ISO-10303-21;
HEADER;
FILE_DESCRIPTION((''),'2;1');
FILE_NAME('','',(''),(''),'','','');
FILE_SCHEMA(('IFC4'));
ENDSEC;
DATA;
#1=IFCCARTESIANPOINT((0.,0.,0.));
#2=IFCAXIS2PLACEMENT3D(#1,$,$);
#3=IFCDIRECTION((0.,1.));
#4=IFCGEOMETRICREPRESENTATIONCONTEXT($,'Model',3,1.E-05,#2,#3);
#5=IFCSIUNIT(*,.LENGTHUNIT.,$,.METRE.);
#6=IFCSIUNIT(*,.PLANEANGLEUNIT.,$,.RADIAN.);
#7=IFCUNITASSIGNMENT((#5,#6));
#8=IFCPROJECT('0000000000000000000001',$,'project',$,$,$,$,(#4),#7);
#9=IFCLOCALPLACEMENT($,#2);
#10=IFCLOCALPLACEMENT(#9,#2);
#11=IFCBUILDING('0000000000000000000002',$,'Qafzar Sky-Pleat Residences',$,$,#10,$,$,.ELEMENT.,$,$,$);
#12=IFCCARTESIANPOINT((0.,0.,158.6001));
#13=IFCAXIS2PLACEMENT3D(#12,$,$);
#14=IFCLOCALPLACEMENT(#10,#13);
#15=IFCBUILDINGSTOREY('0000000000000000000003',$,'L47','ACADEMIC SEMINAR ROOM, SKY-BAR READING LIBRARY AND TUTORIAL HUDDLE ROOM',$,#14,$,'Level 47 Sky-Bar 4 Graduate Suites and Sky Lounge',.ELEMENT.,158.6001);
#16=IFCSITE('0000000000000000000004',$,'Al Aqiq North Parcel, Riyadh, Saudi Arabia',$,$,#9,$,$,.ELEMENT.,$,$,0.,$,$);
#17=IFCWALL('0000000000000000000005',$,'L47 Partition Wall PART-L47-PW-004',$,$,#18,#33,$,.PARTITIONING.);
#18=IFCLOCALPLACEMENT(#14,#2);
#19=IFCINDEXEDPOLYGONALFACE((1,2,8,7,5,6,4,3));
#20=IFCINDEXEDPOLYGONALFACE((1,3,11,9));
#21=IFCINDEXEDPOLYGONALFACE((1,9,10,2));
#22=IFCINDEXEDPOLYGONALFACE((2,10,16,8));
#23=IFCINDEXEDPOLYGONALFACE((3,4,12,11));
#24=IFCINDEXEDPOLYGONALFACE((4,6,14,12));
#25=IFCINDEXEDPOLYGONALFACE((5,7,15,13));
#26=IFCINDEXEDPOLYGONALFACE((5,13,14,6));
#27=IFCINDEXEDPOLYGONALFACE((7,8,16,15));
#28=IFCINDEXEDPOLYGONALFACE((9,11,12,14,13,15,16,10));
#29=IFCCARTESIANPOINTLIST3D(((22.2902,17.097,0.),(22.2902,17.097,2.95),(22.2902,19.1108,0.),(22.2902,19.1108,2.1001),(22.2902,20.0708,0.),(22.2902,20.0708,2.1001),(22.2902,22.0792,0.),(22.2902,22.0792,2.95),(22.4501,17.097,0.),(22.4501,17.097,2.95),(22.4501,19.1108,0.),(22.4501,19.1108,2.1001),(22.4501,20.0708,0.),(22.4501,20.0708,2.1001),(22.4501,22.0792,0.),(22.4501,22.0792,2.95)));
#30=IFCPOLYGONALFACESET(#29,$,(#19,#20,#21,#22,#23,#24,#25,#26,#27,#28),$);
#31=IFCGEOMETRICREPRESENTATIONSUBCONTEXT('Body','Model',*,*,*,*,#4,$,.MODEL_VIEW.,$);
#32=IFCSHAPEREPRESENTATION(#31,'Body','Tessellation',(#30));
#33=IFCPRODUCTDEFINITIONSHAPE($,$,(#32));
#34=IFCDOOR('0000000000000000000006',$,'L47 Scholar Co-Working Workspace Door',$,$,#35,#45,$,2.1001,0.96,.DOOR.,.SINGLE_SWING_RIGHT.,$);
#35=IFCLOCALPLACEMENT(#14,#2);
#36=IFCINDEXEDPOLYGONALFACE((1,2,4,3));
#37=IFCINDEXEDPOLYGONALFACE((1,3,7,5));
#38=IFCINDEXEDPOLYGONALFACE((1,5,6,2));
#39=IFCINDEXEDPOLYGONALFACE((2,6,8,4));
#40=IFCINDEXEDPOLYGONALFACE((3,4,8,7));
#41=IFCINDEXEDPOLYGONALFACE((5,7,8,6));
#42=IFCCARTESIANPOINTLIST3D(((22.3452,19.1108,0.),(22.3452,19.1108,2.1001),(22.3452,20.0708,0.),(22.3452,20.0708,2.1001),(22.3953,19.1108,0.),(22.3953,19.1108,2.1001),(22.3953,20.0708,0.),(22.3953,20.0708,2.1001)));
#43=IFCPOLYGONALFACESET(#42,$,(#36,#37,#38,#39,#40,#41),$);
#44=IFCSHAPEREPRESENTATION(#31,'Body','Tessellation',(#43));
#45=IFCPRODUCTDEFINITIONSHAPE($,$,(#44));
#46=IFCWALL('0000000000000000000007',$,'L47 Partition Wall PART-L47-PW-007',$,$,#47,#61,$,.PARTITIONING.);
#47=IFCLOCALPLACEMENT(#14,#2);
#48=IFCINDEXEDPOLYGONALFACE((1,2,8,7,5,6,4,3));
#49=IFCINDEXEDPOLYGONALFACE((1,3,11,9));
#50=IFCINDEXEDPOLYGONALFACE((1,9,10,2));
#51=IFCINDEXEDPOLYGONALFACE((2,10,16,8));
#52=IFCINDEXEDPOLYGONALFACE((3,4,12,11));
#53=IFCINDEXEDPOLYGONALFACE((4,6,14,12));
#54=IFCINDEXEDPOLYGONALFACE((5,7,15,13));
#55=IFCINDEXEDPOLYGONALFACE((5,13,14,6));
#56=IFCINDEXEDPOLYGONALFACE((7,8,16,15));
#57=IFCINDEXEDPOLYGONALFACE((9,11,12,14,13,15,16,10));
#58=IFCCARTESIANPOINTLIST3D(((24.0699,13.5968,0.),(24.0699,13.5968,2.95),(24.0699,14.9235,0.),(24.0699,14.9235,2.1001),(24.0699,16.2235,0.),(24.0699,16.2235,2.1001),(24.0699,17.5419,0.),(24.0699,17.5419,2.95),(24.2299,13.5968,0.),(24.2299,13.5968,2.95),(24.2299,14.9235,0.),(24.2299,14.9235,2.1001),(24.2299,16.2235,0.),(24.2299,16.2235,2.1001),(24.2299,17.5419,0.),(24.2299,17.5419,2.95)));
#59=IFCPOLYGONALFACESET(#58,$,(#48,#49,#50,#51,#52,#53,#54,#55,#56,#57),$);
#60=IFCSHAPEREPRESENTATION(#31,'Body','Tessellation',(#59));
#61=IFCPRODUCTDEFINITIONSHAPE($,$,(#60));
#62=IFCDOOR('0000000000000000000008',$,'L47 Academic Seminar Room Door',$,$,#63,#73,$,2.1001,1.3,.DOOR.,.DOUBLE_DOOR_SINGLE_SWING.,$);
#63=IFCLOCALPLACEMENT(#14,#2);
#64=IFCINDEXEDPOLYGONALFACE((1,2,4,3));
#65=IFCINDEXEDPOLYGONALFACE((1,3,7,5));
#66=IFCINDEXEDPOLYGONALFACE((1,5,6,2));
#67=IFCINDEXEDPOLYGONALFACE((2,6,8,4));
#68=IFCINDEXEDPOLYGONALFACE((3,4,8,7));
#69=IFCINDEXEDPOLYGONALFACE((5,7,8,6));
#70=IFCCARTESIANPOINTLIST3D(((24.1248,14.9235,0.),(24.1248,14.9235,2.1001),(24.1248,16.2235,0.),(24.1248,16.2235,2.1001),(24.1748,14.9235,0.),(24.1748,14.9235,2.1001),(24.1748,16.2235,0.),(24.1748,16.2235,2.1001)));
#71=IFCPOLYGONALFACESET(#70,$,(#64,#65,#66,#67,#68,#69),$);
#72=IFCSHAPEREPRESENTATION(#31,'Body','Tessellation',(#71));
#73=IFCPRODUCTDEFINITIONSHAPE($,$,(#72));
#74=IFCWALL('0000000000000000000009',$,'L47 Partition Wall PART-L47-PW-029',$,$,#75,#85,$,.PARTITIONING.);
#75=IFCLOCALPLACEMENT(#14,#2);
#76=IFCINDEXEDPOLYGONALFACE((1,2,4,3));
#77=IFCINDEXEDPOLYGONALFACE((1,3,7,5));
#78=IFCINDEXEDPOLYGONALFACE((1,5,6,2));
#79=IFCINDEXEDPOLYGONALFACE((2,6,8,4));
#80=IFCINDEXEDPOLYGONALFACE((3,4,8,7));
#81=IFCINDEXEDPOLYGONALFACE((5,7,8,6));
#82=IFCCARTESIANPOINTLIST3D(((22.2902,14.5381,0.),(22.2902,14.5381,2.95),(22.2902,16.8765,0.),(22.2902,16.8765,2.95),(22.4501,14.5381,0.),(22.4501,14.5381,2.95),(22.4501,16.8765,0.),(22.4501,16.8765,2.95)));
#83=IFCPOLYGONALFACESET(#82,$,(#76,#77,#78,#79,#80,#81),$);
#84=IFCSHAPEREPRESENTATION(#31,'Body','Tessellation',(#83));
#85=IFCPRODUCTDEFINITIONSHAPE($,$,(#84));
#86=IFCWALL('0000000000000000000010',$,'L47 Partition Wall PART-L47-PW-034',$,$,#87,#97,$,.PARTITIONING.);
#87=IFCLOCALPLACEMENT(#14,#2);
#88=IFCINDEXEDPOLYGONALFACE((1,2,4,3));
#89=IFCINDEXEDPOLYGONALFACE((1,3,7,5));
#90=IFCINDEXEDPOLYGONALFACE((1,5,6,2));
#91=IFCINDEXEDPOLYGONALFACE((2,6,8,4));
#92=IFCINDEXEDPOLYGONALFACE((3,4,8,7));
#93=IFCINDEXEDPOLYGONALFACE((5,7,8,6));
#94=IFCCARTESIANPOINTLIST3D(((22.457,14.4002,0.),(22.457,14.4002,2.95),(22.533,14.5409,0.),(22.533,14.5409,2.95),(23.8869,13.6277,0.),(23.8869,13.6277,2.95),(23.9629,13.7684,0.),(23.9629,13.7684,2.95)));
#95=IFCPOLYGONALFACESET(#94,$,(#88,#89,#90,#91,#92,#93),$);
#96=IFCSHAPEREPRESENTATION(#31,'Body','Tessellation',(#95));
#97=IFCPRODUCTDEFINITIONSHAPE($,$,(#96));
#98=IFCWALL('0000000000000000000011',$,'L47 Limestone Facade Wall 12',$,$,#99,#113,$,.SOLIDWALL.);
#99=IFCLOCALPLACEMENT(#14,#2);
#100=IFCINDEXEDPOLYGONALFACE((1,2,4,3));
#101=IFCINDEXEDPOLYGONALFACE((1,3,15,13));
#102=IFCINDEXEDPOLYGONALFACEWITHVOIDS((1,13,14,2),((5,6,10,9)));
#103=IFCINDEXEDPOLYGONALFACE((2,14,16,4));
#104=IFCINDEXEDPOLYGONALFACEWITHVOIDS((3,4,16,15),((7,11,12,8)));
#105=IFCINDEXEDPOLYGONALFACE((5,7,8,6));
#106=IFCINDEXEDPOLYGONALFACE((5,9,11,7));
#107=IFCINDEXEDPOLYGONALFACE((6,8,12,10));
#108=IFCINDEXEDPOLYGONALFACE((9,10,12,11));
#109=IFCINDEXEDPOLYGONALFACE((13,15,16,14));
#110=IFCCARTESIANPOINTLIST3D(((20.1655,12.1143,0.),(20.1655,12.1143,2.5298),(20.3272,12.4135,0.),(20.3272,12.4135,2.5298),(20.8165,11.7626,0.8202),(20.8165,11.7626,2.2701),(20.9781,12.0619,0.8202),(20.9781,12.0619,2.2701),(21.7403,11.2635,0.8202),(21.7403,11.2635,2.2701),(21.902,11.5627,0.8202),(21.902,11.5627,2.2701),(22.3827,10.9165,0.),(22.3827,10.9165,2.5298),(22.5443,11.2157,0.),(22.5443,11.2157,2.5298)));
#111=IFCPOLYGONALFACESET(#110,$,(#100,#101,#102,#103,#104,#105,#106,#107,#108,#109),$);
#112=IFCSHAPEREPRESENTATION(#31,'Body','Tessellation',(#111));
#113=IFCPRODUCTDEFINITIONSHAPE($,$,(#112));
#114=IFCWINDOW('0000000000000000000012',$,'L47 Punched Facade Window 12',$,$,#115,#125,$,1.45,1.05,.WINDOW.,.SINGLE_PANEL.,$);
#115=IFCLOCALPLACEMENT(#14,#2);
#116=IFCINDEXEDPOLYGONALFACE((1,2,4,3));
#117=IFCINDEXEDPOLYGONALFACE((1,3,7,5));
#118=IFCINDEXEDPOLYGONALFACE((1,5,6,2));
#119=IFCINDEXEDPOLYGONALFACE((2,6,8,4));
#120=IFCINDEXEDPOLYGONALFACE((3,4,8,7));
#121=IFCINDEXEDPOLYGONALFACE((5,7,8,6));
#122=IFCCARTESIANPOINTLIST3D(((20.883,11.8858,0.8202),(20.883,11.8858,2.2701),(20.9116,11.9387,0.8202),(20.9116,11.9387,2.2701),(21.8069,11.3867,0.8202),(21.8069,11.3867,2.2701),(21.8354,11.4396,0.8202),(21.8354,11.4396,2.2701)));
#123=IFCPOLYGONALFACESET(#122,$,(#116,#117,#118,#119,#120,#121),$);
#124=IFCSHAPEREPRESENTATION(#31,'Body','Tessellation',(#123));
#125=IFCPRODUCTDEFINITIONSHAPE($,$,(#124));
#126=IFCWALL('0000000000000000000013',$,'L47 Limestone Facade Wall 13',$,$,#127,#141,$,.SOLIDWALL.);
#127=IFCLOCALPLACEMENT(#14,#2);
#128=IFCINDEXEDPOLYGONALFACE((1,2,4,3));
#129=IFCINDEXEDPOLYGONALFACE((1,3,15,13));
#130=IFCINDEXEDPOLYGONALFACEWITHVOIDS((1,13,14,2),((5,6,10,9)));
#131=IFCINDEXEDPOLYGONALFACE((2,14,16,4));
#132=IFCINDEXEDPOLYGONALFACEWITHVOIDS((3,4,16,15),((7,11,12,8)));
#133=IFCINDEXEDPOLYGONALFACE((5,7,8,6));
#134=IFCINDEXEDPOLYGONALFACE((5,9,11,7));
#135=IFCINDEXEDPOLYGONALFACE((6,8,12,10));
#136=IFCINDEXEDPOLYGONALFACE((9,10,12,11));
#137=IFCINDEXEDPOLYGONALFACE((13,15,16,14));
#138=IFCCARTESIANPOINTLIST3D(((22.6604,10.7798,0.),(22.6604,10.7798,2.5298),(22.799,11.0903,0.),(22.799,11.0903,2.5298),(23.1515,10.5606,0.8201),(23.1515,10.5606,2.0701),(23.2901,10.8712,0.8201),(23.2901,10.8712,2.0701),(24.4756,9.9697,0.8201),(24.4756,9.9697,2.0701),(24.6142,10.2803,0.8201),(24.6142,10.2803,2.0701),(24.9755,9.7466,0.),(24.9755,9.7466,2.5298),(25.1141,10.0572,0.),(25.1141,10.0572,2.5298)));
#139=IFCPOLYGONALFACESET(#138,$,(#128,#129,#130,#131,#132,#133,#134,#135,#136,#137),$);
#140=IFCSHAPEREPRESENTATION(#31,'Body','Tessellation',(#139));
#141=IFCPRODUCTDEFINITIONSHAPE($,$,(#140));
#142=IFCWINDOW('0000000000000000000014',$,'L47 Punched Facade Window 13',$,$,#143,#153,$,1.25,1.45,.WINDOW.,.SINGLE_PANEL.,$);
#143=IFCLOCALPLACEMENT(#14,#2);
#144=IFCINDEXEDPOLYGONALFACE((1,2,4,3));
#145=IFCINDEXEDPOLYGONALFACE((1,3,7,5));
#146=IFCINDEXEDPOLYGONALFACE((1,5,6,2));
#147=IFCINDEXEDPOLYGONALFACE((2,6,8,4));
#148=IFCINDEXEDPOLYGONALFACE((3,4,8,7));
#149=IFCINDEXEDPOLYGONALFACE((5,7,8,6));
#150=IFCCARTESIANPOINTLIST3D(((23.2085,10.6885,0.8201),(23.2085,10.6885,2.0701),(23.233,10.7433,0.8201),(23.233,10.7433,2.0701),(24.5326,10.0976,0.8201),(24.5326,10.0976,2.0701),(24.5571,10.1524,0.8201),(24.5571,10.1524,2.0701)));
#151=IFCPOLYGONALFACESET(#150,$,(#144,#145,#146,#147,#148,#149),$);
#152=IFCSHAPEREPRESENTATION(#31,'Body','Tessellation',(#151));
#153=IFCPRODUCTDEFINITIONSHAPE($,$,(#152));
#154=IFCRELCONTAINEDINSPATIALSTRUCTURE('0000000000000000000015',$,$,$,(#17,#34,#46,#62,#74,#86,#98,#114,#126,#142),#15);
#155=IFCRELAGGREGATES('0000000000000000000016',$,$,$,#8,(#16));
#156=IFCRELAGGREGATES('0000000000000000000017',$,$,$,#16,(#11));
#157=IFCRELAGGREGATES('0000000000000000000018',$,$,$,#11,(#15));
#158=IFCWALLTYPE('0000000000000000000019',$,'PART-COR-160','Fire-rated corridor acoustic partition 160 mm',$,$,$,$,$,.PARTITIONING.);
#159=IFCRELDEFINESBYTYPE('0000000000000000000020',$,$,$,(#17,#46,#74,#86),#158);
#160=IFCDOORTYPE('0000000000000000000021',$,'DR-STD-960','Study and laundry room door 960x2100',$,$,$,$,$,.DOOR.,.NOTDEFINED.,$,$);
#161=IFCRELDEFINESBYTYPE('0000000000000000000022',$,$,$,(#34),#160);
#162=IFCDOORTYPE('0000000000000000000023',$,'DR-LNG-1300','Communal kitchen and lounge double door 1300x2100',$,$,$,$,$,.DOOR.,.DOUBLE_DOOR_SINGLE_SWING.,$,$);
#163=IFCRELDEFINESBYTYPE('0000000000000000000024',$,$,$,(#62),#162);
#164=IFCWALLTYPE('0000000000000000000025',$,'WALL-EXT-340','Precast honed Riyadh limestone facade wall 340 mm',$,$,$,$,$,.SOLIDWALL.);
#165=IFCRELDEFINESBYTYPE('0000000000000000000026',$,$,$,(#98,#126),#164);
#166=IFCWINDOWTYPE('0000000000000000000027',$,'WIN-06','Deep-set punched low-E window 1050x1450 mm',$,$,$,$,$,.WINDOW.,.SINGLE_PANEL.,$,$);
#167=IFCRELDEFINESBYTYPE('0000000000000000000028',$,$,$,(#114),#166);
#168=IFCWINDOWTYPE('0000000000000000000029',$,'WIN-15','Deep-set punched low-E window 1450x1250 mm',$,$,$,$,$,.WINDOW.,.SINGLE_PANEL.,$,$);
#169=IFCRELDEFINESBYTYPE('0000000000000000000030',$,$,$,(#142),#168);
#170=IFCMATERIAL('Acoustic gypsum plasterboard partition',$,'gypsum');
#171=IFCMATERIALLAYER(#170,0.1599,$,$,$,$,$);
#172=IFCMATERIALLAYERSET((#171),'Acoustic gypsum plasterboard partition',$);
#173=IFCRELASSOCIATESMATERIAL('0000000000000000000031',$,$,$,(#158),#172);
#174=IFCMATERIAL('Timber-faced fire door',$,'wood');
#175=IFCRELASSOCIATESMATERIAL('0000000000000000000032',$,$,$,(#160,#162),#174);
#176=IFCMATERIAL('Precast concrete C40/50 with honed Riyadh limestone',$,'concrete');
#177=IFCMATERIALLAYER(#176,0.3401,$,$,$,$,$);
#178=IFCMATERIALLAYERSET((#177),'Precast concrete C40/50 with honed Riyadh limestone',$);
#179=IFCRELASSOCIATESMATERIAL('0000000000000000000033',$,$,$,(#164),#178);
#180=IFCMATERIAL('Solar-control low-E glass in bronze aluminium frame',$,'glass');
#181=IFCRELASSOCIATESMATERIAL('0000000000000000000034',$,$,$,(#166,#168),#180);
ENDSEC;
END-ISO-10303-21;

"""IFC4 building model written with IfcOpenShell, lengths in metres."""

from ifc_helpers import new_model, si_unit, direction, frame, frame_2d, origin, place, context, subcontext, project, spatial, rectangle, extrude, source, transform, mapped, material, layer, layer_set, type_object, element, fill, save


model = new_model("IFC4")

# Units and contexts
model_context = context("Model", 3, precision=1e-05, world=origin(), true_north=direction((0.0, 1.0)))
body_context = subcontext(model_context, "Body", "Model", "MODEL_VIEW")
ifc_project = project(units=[si_unit("LENGTHUNIT", "METRE"), si_unit("PLANEANGLEUNIT", "RADIAN")], contexts=[model_context])

# Site, building, storey
site_placement = place(None, origin())
site = spatial("IfcSite", under=ifc_project, at=site_placement, Name="Al Aqiq North Parcel, Riyadh, Saudi Arabia", CompositionType="ELEMENT", RefElevation=0.0)
building_placement = place(site_placement, origin())
building = spatial("IfcBuilding", under=site, at=building_placement, Name="Qafzar Sky-Pleat Residences", CompositionType="ELEMENT")
storey_placement = place(building_placement, frame((0.0, 0.0, 158.6001)))
storey = spatial("IfcBuildingStorey", under=building, at=storey_placement, Name="L47", Description="ACADEMIC SEMINAR ROOM, SKY-BAR READING LIBRARY AND TUTORIAL HUDDLE ROOM", LongName="Level 47 Sky-Bar 4 Graduate Suites and Sky Lounge", CompositionType="ELEMENT", Elevation=158.6001)

# Walls, openings, doors
ifc_material_1 = material(Name="Acoustic gypsum plasterboard partition", Category="gypsum")
ifc_layer_1 = layer(ifc_material_1, 0.1599)
ifc_layer_set_1 = layer_set([ifc_layer_1], Name="Acoustic gypsum plasterboard partition")
wall_type_1 = type_object("IfcWallType", Name="PART-COR-160", Description="Fire-rated corridor acoustic partition 160 mm", PredefinedType="PARTITIONING", material=ifc_layer_set_1)
wall_1_placement = place(storey_placement, frame((22.3701, 17.0969, 0.0), z_axis=(0.0, 0.0, 1.0), x_axis=(0.0, 1.0, 0.0)))
wall_1 = element("IfcWall", 1, at=wall_1_placement, inside=storey, type_object=wall_type_1, Name="L47 Partition Wall PART-L47-PW-004", PredefinedType="PARTITIONING", context=body_context, shape_type="SweptSolid", body=[
    extrude(rectangle(XDim=4.9822, YDim=0.1599, at=frame_2d((2.4912, 0.0))), origin(), (0.0, 0.0, 1.0), 2.95),
])
opening_1_placement = place(wall_1_placement, frame((2.0139, 0.0, 0.0)))
opening_1 = element("IfcOpeningElement", 2, at=opening_1_placement, cuts=wall_1, PredefinedType="OPENING", context=body_context, shape_type="SweptSolid", body=[
    extrude(rectangle(XDim=0.96, YDim=2.1001, at=frame_2d((0.48, 1.05))), frame((0.0, 0.0898, 0.0), z_axis=(0.0, -1.0, 0.0), x_axis=(1.0, 0.0, 0.0)), (0.0, 0.0, 1.0), 0.1799),
])
ifc_material_2 = material(Name="Timber-faced fire door", Category="wood")
door_type_1 = type_object("IfcDoorType", Name="DR-STD-960", Description="Study and laundry room door 960x2100", OperationType="NOTDEFINED", PredefinedType="DOOR", material=ifc_material_2)
shared_shape_1 = source(origin(), body_context, "Body", "SweptSolid", [
    extrude(rectangle(XDim=0.96, YDim=2.1001, at=frame_2d((0.48, 1.05))), frame((0.0, 0.0249, 0.0), z_axis=(0.0, -1.0, 0.0), x_axis=(1.0, 0.0, 0.0)), (0.0, 0.0, 1.0), 0.05),
])
door_1_placement = place(opening_1_placement, origin())
door_1 = element("IfcDoor", 3, at=door_1_placement, inside=storey, type_object=door_type_1, Name="L47 Scholar Co-Working Workspace Door", OperationType="SINGLE_SWING_RIGHT", OverallHeight=2.1001, OverallWidth=0.96, PredefinedType="DOOR", context=body_context, shape_type="MappedRepresentation", body=[
    mapped(shared_shape_1, transform((0.0, 0.0, 0.0), x_axis=(1.0, 0.0, 0.0), y_axis=(0.0, 1.0, 0.0), z_axis=(0.0, 0.0, 1.0), scale=1.0)),
])
fill(opening_1, door_1)
wall_2_placement = place(storey_placement, frame((24.1499, 17.542, 0.0), z_axis=(0.0, 0.0, 1.0), x_axis=(0.0, -1.0, 0.0)))
wall_2 = element("IfcWall", 4, at=wall_2_placement, inside=storey, type_object=wall_type_1, Name="L47 Partition Wall PART-L47-PW-007", PredefinedType="PARTITIONING", context=body_context, shape_type="SweptSolid", body=[
    extrude(rectangle(XDim=3.9451, YDim=0.1599, at=frame_2d((1.9727, 0.0))), origin(), (0.0, 0.0, 1.0), 2.95),
])
opening_2_placement = place(wall_2_placement, frame((1.3186, 0.0, 0.0)))
opening_2 = element("IfcOpeningElement", 5, at=opening_2_placement, cuts=wall_2, PredefinedType="OPENING", context=body_context, shape_type="SweptSolid", body=[
    extrude(rectangle(XDim=1.3, YDim=2.1001, at=frame_2d((0.6499, 1.05))), frame((0.0, 0.0898, 0.0), z_axis=(0.0, -1.0, 0.0), x_axis=(1.0, 0.0, 0.0)), (0.0, 0.0, 1.0), 0.1799),
])
door_type_2 = type_object("IfcDoorType", Name="DR-LNG-1300", Description="Communal kitchen and lounge double door 1300x2100", OperationType="DOUBLE_DOOR_SINGLE_SWING", PredefinedType="DOOR", material=ifc_material_2)
shared_shape_2 = source(origin(), body_context, "Body", "SweptSolid", [
    extrude(rectangle(XDim=1.3, YDim=2.1001, at=frame_2d((0.6499, 1.05))), frame((0.0, 0.0249, 0.0), z_axis=(0.0, -1.0, 0.0), x_axis=(1.0, 0.0, 0.0)), (0.0, 0.0, 1.0), 0.05),
])
door_2_placement = place(opening_2_placement, origin())
door_2 = element("IfcDoor", 6, at=door_2_placement, inside=storey, type_object=door_type_2, Name="L47 Academic Seminar Room Door", OperationType="DOUBLE_DOOR_SINGLE_SWING", OverallHeight=2.1001, OverallWidth=1.3, PredefinedType="DOOR", context=body_context, shape_type="MappedRepresentation", body=[
    mapped(shared_shape_2, transform((0.0, 0.0, 0.0), x_axis=(1.0, 0.0, 0.0), y_axis=(0.0, 1.0, 0.0), z_axis=(0.0, 0.0, 1.0), scale=1.0)),
])
fill(opening_2, door_2)

# Walls
wall_3_placement = place(storey_placement, frame((22.3701, 14.5381, 0.0), z_axis=(0.0, 0.0, 1.0), x_axis=(0.0, 1.0, 0.0)))
element("IfcWall", 7, at=wall_3_placement, inside=storey, type_object=wall_type_1, Name="L47 Partition Wall PART-L47-PW-029", PredefinedType="PARTITIONING", context=body_context, shape_type="SweptSolid", body=[
    extrude(rectangle(XDim=2.3384, YDim=0.1599, at=frame_2d((1.1692, 0.0))), origin(), (0.0, 0.0, 1.0), 2.95),
])
wall_4_placement = place(storey_placement, frame((22.4951, 14.4705, 0.0), z_axis=(0.0, 0.0, 1.0), x_axis=(0.879829, -0.475291, 0.0)))
element("IfcWall", 8, at=wall_4_placement, inside=storey, type_object=wall_type_1, Name="L47 Partition Wall PART-L47-PW-034", PredefinedType="PARTITIONING", context=body_context, shape_type="SweptSolid", body=[
    extrude(rectangle(XDim=1.6252, YDim=0.1599, at=frame_2d((0.8125, 0.0))), origin(), (0.0, 0.0, 1.0), 2.95),
])

# Walls, openings, windows
ifc_material_3 = material(Name="Precast concrete C40/50 with honed Riyadh limestone", Category="concrete")
ifc_layer_2 = layer(ifc_material_3, 0.3401)
ifc_layer_set_2 = layer_set([ifc_layer_2], Name="Precast concrete C40/50 with honed Riyadh limestone")
wall_type_2 = type_object("IfcWallType", Name="WALL-EXT-340", Description="Precast honed Riyadh limestone facade wall 340 mm", PredefinedType="SOLIDWALL", material=ifc_layer_set_2)
wall_5_placement = place(storey_placement, frame((20.2463, 12.2639, 0.0), z_axis=(0.0, 0.0, 1.0), x_axis=(0.879814, -0.475318, 0.0)))
wall_5 = element("IfcWall", 9, at=wall_5_placement, inside=storey, type_object=wall_type_2, Name="L47 Limestone Facade Wall 12", PredefinedType="SOLIDWALL", context=body_context, shape_type="SweptSolid", body=[
    extrude(rectangle(XDim=2.52, YDim=0.3401, at=frame_2d((1.26, 0.0))), origin(), (0.0, 0.0, 1.0), 2.5298),
])
opening_3_placement = place(wall_5_placement, frame((0.74, 0.0, 0.8201)))
opening_3 = element("IfcOpeningElement", 10, at=opening_3_placement, cuts=wall_5, PredefinedType="OPENING", context=body_context, shape_type="SweptSolid", body=[
    extrude(rectangle(XDim=1.05, YDim=1.45, at=frame_2d((0.5249, 0.7251))), frame((0.0, 0.1802, 0.0), z_axis=(0.0, -1.0, 0.0), x_axis=(1.0, 0.0, 0.0)), (0.0, 0.0, 1.0), 0.3601),
])
ifc_material_4 = material(Name="Solar-control low-E glass in bronze aluminium frame", Category="glass")
window_type_1 = type_object("IfcWindowType", Name="WIN-06", Description="Deep-set punched low-E window 1050x1450 mm", PartitioningType="SINGLE_PANEL", PredefinedType="WINDOW", material=ifc_material_4)
shared_shape_3 = source(origin(), body_context, "Body", "SweptSolid", [
    extrude(rectangle(XDim=1.05, YDim=1.45, at=frame_2d((0.5249, 0.7251))), frame((0.0, 0.03, 0.0), z_axis=(0.0, -1.0, 0.0), x_axis=(1.0, 0.0, 0.0)), (0.0, 0.0, 1.0), 0.0601),
])
window_1_placement = place(opening_3_placement, origin())
window_1 = element("IfcWindow", 11, at=window_1_placement, inside=storey, type_object=window_type_1, Name="L47 Punched Facade Window 12", OverallHeight=1.45, OverallWidth=1.05, PartitioningType="SINGLE_PANEL", PredefinedType="WINDOW", context=body_context, shape_type="MappedRepresentation", body=[
    mapped(shared_shape_3, transform((0.0, 0.0, 0.0), x_axis=(1.0, 0.0, 0.0), y_axis=(0.0, 1.0, 0.0), z_axis=(0.0, 0.0, 1.0), scale=1.0)),
])
fill(opening_3, window_1)
wall_6_placement = place(storey_placement, frame((22.7297, 10.9351, 0.0), z_axis=(0.0, 0.0, 1.0), x_axis=(0.913191, -0.407532, 0.0)))
wall_6 = element("IfcWall", 12, at=wall_6_placement, inside=storey, type_object=wall_type_2, Name="L47 Limestone Facade Wall 13", PredefinedType="SOLIDWALL", context=body_context, shape_type="SweptSolid", body=[
    extrude(rectangle(XDim=2.5352, YDim=0.3401, at=frame_2d((1.2676, 0.0))), origin(), (0.0, 0.0, 1.0), 2.5298),
])
opening_4_placement = place(wall_6_placement, frame((0.5376, 0.0, 0.8201)))
opening_4 = element("IfcOpeningElement", 13, at=opening_4_placement, cuts=wall_6, PredefinedType="OPENING", context=body_context, shape_type="SweptSolid", body=[
    extrude(rectangle(XDim=1.45, YDim=1.25, at=frame_2d((0.7251, 0.625))), frame((0.0, 0.1802, 0.0), z_axis=(0.0, -1.0, 0.0), x_axis=(1.0, 0.0, 0.0)), (0.0, 0.0, 1.0), 0.3601),
])
window_type_2 = type_object("IfcWindowType", Name="WIN-15", Description="Deep-set punched low-E window 1450x1250 mm", PartitioningType="SINGLE_PANEL", PredefinedType="WINDOW", material=ifc_material_4)
shared_shape_4 = source(origin(), body_context, "Body", "SweptSolid", [
    extrude(rectangle(XDim=1.45, YDim=1.25, at=frame_2d((0.7251, 0.625))), frame((0.0, 0.03, 0.0), z_axis=(0.0, -1.0, 0.0), x_axis=(1.0, 0.0, 0.0)), (0.0, 0.0, 1.0), 0.0601),
])
window_2_placement = place(opening_4_placement, origin())
window_2 = element("IfcWindow", 14, at=window_2_placement, inside=storey, type_object=window_type_2, Name="L47 Punched Facade Window 13", OverallHeight=1.25, OverallWidth=1.45, PartitioningType="SINGLE_PANEL", PredefinedType="WINDOW", context=body_context, shape_type="MappedRepresentation", body=[
    mapped(shared_shape_4, transform((0.0, 0.0, 0.0), x_axis=(1.0, 0.0, 0.0), y_axis=(0.0, 1.0, 0.0), z_axis=(0.0, 0.0, 1.0), scale=1.0)),
])
fill(opening_4, window_2)

save(model, "model.ifc")
